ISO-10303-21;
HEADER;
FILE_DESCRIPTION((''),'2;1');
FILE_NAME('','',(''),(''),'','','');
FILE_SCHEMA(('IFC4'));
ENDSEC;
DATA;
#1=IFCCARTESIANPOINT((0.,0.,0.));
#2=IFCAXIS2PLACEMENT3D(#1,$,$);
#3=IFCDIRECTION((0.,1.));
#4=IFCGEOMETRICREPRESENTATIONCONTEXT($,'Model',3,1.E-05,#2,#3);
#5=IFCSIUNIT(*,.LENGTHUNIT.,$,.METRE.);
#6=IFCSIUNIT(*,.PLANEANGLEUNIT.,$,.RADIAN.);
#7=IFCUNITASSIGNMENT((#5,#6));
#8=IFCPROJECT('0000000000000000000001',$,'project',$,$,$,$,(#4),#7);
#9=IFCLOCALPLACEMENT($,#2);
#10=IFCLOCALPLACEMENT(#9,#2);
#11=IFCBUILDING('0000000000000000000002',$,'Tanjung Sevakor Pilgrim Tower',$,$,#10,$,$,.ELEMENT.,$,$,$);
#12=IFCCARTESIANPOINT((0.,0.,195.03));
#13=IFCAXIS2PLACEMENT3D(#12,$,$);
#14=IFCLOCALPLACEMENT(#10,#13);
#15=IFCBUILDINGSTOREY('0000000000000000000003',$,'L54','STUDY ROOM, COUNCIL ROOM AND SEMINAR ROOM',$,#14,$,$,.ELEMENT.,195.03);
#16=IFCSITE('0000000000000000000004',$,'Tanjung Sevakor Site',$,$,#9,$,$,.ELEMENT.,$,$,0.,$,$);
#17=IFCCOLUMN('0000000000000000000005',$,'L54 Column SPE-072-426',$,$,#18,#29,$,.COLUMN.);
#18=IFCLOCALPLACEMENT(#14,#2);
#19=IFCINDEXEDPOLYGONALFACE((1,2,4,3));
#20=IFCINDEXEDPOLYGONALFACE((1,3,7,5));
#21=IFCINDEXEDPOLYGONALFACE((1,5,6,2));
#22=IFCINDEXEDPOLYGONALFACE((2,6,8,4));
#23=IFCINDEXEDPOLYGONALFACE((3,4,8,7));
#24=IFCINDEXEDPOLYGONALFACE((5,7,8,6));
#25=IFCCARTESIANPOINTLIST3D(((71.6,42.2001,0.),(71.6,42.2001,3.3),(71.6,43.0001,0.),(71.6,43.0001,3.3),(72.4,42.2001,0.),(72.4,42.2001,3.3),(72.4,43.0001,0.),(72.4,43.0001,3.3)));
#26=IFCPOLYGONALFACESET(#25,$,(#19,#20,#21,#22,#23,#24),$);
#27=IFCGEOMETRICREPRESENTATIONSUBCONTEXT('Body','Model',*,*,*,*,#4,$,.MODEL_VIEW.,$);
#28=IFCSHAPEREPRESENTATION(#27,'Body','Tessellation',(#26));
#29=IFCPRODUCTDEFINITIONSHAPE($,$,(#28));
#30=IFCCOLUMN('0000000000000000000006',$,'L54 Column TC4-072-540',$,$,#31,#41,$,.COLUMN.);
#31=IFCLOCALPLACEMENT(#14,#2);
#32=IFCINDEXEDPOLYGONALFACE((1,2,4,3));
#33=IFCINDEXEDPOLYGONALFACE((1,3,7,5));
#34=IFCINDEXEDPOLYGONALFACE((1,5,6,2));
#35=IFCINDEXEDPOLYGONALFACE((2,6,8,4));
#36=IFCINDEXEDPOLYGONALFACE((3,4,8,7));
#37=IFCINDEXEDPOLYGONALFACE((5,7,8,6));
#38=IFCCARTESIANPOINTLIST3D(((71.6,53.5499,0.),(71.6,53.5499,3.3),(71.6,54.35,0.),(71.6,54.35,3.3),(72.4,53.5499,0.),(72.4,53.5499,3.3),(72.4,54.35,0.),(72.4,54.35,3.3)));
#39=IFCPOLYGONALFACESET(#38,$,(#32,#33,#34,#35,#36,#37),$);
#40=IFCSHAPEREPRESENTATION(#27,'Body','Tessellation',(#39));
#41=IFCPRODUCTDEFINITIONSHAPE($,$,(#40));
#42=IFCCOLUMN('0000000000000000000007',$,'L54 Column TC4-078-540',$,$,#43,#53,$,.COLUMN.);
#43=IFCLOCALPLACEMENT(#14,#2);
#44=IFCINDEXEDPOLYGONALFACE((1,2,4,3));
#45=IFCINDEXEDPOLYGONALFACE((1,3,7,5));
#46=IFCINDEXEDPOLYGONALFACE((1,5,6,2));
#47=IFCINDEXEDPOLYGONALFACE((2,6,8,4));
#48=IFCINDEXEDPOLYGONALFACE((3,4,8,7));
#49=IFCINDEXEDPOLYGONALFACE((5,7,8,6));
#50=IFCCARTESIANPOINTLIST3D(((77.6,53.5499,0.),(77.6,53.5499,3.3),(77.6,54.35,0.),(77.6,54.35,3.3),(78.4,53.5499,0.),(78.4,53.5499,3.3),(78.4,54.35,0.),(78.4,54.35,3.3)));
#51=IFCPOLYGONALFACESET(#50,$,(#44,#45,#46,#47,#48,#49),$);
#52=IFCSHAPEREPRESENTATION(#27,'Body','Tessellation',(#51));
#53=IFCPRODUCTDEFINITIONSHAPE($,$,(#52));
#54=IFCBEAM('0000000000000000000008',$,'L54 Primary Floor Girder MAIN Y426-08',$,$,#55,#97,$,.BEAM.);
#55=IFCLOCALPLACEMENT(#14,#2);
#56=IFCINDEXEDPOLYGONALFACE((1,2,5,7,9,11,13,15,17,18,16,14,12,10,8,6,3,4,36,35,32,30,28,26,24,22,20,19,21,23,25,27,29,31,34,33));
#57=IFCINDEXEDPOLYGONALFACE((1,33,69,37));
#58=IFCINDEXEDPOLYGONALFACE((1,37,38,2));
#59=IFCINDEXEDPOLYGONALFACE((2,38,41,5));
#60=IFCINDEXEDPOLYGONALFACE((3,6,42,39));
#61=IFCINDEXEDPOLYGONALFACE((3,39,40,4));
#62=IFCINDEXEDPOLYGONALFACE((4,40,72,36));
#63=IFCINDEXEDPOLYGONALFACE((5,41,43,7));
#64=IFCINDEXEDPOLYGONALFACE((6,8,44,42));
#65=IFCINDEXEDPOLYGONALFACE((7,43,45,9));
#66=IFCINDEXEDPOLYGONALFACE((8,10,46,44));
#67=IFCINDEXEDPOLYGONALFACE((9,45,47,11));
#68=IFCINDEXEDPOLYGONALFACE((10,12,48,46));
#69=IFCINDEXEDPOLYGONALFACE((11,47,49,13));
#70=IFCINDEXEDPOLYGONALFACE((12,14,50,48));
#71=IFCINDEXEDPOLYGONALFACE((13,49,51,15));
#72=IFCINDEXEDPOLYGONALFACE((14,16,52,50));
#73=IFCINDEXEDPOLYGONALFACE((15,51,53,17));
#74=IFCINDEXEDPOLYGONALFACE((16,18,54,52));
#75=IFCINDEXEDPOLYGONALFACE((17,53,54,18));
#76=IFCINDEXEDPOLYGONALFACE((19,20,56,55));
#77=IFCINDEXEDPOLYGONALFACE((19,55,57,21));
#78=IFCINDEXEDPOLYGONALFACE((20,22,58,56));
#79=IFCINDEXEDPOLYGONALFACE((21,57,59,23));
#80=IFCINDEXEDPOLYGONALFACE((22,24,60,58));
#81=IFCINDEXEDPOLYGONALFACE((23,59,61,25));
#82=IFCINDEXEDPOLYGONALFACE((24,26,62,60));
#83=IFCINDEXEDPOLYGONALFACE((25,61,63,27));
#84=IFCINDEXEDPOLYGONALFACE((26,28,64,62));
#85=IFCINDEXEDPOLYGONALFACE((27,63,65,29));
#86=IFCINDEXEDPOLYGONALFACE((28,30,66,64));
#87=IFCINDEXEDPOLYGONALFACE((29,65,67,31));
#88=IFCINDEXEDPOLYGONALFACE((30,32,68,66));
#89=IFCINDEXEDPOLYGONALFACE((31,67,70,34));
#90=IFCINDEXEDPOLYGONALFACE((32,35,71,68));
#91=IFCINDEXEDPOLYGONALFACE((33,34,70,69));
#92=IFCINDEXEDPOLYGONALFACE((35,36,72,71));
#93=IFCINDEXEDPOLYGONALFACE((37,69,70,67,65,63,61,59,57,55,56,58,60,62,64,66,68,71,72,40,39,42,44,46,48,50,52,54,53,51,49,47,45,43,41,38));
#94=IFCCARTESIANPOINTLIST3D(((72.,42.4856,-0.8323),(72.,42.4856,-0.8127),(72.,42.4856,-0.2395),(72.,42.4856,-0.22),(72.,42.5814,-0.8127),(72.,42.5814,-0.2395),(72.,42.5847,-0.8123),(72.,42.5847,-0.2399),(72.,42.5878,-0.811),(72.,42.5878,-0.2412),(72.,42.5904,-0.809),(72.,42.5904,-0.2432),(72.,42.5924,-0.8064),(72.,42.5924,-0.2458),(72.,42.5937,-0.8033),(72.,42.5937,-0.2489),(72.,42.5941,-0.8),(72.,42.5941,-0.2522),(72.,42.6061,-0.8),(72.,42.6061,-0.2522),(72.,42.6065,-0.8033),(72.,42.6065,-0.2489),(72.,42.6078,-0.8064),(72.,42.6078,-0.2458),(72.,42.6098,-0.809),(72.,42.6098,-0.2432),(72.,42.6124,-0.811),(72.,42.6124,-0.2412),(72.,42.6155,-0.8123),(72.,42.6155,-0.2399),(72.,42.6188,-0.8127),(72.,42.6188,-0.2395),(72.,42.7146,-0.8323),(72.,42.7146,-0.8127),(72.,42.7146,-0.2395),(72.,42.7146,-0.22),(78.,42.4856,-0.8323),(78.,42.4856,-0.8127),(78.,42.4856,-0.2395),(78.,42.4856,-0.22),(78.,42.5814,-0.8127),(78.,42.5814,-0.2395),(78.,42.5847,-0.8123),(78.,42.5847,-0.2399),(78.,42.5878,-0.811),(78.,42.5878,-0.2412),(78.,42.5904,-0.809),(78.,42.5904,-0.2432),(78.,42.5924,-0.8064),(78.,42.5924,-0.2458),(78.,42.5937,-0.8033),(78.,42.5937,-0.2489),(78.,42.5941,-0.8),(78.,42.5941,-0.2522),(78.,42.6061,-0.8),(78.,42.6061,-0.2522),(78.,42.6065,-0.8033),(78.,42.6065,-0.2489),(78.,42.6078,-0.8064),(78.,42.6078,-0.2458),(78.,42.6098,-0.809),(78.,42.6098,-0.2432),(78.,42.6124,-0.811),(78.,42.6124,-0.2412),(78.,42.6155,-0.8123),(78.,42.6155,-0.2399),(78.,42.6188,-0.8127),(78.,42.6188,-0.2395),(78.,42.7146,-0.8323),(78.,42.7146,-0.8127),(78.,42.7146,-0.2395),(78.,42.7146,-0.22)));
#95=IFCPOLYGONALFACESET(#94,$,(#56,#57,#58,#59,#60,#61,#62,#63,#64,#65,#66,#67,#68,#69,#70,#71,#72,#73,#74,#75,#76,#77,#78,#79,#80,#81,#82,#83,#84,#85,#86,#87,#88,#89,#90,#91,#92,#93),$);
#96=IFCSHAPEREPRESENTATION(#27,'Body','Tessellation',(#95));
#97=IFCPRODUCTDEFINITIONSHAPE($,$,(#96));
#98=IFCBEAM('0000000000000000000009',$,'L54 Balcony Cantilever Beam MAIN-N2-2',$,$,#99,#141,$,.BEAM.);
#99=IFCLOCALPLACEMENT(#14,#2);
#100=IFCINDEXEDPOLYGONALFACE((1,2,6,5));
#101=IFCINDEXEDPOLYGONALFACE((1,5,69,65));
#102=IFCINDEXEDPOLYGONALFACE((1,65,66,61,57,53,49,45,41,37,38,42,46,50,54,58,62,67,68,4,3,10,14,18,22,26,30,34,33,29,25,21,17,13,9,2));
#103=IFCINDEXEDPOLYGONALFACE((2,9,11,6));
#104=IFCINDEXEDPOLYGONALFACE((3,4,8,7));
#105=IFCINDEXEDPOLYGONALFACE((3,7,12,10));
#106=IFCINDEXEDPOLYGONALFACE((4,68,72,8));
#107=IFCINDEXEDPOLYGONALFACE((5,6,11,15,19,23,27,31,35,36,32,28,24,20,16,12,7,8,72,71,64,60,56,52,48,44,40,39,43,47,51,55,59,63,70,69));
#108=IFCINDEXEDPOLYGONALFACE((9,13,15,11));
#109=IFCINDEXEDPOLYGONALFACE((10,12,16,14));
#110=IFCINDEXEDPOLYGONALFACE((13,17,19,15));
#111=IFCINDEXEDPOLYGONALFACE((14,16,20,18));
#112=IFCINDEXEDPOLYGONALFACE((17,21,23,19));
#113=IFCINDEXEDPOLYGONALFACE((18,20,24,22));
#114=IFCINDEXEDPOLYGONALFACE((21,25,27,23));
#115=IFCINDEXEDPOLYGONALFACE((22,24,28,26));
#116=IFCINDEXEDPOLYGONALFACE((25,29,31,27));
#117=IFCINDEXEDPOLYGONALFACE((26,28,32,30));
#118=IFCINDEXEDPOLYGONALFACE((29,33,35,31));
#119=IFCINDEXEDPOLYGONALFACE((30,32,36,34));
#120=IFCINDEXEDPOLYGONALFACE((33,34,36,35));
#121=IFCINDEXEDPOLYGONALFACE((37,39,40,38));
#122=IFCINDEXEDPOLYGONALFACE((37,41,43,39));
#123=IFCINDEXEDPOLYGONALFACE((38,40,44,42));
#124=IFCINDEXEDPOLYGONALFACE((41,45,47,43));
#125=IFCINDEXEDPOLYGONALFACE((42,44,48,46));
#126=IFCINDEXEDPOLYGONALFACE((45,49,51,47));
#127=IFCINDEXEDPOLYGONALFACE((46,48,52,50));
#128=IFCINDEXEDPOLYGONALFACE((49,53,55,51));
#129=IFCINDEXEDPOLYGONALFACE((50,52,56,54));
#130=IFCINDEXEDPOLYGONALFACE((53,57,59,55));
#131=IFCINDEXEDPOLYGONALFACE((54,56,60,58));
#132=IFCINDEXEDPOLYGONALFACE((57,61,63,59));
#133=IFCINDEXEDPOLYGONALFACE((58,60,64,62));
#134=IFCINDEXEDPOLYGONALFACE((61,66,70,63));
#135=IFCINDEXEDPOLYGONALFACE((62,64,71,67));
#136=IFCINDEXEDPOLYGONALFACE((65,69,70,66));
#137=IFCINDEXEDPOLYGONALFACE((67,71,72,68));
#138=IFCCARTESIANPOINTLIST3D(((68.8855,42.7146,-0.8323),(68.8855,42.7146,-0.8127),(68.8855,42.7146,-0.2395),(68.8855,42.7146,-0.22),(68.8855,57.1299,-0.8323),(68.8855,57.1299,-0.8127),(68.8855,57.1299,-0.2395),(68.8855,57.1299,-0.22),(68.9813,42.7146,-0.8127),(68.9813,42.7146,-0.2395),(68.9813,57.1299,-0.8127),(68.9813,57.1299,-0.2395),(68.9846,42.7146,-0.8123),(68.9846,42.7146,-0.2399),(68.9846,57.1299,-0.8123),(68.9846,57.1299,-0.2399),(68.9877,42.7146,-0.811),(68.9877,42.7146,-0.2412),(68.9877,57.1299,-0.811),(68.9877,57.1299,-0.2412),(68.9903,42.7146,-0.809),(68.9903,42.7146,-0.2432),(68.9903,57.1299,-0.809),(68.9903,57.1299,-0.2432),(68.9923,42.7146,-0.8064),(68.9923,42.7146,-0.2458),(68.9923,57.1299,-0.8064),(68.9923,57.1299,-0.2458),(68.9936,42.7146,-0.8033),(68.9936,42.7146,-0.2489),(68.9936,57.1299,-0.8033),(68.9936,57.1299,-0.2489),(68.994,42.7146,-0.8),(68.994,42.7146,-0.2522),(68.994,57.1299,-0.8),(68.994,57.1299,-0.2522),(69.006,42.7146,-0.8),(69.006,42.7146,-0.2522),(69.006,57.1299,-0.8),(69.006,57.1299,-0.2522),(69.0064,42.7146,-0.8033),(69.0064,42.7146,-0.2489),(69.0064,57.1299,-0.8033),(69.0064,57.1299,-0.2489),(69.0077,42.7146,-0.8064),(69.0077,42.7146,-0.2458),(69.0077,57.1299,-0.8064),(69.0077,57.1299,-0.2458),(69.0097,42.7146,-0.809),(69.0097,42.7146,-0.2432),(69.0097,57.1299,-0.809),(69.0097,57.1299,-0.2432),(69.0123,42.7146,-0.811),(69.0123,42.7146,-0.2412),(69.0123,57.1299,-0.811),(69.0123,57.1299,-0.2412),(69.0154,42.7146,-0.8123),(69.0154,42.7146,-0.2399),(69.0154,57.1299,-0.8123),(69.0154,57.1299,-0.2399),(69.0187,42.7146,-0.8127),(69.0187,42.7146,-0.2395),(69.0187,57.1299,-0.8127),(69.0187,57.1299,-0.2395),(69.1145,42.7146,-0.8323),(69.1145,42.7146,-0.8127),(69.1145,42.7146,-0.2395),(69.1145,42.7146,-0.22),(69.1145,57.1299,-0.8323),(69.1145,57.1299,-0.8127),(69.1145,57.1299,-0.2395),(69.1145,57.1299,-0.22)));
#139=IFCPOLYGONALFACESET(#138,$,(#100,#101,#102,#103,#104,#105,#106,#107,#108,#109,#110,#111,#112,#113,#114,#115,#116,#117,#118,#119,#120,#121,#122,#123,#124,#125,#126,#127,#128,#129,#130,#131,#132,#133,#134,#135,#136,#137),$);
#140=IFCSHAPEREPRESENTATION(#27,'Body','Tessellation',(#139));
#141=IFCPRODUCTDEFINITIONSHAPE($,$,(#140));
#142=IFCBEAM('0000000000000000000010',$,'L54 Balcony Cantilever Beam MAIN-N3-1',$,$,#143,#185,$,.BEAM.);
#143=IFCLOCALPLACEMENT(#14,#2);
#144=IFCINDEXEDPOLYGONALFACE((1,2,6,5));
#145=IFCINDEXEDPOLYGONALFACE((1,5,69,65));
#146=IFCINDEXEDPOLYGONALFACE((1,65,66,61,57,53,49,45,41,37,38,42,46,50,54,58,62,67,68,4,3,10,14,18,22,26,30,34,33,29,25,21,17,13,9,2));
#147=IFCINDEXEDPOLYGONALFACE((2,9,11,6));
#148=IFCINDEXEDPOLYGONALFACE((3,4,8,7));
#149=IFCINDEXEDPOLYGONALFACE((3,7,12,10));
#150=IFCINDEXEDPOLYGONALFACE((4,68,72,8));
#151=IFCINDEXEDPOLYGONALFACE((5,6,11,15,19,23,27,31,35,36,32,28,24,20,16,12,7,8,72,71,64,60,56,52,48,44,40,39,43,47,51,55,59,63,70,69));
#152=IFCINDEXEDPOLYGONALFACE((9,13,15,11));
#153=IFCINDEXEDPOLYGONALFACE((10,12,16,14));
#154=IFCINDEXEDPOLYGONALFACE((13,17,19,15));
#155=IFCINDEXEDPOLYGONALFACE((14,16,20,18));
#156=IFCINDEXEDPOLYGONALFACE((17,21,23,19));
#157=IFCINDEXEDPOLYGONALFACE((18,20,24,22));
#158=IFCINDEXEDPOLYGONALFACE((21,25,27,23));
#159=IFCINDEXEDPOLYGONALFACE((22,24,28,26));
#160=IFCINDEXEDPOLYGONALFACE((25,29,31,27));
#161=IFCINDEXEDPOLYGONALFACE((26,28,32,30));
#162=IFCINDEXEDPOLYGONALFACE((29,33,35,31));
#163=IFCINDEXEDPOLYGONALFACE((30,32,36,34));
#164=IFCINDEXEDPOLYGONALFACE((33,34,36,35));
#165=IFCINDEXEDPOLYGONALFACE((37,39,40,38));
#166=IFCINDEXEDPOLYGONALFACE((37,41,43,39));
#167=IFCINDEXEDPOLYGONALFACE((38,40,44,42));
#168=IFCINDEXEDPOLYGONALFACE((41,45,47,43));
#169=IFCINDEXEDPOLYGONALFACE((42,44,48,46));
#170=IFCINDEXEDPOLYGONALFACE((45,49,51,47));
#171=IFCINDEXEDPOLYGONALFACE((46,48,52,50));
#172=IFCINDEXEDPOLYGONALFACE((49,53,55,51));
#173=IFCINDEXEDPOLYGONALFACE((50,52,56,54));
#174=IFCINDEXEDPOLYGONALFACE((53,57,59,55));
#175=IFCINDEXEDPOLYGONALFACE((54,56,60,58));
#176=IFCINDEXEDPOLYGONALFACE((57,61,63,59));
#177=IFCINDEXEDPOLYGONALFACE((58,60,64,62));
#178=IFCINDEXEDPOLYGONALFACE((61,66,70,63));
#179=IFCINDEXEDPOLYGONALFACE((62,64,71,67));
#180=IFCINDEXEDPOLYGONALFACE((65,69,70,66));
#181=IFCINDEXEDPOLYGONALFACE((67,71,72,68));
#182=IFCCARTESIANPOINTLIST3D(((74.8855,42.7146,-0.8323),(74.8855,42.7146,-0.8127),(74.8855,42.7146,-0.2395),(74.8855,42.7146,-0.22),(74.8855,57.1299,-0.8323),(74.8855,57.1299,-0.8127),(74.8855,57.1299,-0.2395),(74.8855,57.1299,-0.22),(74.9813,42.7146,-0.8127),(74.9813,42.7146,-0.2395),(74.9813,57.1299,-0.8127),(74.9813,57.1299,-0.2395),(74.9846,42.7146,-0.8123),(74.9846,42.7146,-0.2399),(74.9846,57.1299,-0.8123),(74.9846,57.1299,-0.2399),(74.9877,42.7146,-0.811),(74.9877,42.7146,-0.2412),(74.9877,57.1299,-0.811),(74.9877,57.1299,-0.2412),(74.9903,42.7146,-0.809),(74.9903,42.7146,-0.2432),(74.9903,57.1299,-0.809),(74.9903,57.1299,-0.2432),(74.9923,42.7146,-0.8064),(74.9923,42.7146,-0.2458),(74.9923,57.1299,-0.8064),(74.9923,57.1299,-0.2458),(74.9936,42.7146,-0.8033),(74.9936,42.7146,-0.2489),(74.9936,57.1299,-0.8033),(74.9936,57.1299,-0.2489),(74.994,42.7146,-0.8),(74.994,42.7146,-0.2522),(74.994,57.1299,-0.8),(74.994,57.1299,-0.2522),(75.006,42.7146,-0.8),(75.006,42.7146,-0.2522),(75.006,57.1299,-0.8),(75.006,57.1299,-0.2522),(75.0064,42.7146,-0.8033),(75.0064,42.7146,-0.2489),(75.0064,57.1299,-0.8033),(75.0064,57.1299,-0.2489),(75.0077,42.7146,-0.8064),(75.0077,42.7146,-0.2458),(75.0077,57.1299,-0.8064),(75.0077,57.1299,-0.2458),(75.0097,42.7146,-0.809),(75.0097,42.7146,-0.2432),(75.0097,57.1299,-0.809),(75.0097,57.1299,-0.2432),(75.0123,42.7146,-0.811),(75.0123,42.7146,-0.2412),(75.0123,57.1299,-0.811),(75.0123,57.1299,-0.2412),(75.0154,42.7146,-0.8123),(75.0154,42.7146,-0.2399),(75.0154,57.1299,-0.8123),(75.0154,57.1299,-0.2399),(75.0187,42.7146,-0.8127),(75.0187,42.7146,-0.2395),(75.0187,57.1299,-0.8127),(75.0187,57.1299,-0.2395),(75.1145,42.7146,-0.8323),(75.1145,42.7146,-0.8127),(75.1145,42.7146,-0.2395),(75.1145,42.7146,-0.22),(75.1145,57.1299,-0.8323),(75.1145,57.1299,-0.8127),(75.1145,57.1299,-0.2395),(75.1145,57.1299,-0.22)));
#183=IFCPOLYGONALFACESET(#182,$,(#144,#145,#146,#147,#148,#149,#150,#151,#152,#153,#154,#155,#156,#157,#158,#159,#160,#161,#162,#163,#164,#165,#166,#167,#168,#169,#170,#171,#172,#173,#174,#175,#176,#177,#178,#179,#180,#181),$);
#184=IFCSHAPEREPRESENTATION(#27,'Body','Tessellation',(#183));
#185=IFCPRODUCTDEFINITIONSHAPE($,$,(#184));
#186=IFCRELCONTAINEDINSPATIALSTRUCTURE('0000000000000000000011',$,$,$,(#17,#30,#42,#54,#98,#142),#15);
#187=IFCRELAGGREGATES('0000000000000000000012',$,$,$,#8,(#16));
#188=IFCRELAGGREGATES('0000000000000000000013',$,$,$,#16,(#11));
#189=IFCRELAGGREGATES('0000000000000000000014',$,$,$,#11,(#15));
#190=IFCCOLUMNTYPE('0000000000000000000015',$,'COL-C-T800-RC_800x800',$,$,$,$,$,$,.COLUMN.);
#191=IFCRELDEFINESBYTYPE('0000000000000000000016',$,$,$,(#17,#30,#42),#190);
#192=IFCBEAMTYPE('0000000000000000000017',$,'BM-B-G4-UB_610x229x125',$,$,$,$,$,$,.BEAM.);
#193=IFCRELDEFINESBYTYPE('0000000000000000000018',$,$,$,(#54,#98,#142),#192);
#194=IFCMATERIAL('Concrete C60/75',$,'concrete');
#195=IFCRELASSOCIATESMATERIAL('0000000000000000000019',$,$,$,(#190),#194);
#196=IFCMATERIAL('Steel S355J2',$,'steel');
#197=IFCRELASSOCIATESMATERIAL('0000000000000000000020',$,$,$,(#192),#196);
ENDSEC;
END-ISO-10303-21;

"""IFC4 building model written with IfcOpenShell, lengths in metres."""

from ifc_helpers import new_model, si_unit, direction, frame, origin, origin_2d, place, context, subcontext, project, spatial, rectangle, i_section, extrude, material, material_profile, profile_set, type_object, element, save


model = new_model("IFC4")

# Units and contexts
model_context = context("Model", 3, precision=1e-05, world=origin(), true_north=direction((0.0, 1.0)))
body_context = subcontext(model_context, "Body", "Model", "MODEL_VIEW")
ifc_project = project(units=[si_unit("LENGTHUNIT", "METRE"), si_unit("PLANEANGLEUNIT", "RADIAN")], contexts=[model_context])

# Site, building, storey
site_placement = place(None, origin())
site = spatial("IfcSite", under=ifc_project, at=site_placement, Name="Tanjung Sevakor Site", CompositionType="ELEMENT", RefElevation=0.0)
building_placement = place(site_placement, origin())
building = spatial("IfcBuilding", under=site, at=building_placement, Name="Tanjung Sevakor Pilgrim Tower", CompositionType="ELEMENT")
storey_placement = place(building_placement, frame((0.0, 0.0, 195.03)))
storey = spatial("IfcBuildingStorey", under=building, at=storey_placement, Name="L54", Description="STUDY ROOM, COUNCIL ROOM AND SEMINAR ROOM", CompositionType="ELEMENT", Elevation=195.03)

# Columns
ifc_material_1 = material(Name="Concrete C60/75", Category="concrete")
ifc_material_profile_1 = material_profile(ifc_material_1, rectangle(XDim=0.8, YDim=0.8, at=origin_2d()))
ifc_profile_set_1 = profile_set([ifc_material_profile_1], Name="Concrete C60/75")
column_type = type_object("IfcColumnType", Name="COL-C-T800-RC_800x800", PredefinedType="COLUMN", material=ifc_profile_set_1)
for number, where, z_axis, x_axis, name in (
    (1, (72.0, 42.6001, 0.0), (0.0, 0.0, 1.0), (1.0, 0.0, 0.0), "L54 Column SPE-072-426"),
    (2, (72.0, 53.95, 0.0), (0.0, 0.0, 1.0), (1.0, 0.0, 0.0), "L54 Column TC4-072-540"),
    (3, (78.0, 53.95, 0.0), (0.0, 0.0, 1.0), (1.0, 0.0, 0.0), "L54 Column TC4-078-540"),
):
    element("IfcColumn", number, at=place(storey_placement, frame(where, z_axis=z_axis, x_axis=x_axis)), inside=storey, type_object=column_type, Name=name, PredefinedType="COLUMN", context=body_context, shape_type="SweptSolid", body=[
        extrude(rectangle(XDim=0.8, YDim=0.8, at=origin_2d()), origin(), (0.0, 0.0, 1.0), 3.3),
    ])

# Beams
ifc_material_2 = material(Name="Steel S355J2", Category="steel")
ifc_material_profile_2 = material_profile(ifc_material_2, i_section(OverallWidth=0.229, OverallDepth=0.6123, WebThickness=0.012, FlangeThickness=0.0195, FilletRadius=0.0127, at=origin_2d()))
ifc_profile_set_2 = profile_set([ifc_material_profile_2], Name="Steel S355J2")
beam_type_1 = type_object("IfcBeamType", Name="BM-B-G4-UB_610x229x125", PredefinedType="BEAM", material=ifc_profile_set_2)
beam_1_placement = place(storey_placement, frame((72.0, 42.6001, -0.5261), z_axis=(1.0, 0.0, 0.0), x_axis=(0.0, 1.0, 0.0)))
element("IfcBeam", 4, at=beam_1_placement, inside=storey, type_object=beam_type_1, Name="L54 Primary Floor Girder MAIN Y426-08", PredefinedType="BEAM", context=body_context, shape_type="SweptSolid", body=[
    extrude(i_section(OverallWidth=0.229, OverallDepth=0.6123, WebThickness=0.012, FlangeThickness=0.0195, FilletRadius=0.0127, at=origin_2d()), origin(), (0.0, 0.0, 1.0), 6.0),
])
for number, where, z_axis, x_axis, name in (
    (5, (69.0, 42.7146, -0.5261), (0.0, 1.0, 0.0), (-1.0, 0.0, 0.0), "L54 Balcony Cantilever Beam MAIN-N2-2"),
    (6, (75.0, 42.7146, -0.5261), (0.0, 1.0, 0.0), (-1.0, 0.0, 0.0), "L54 Balcony Cantilever Beam MAIN-N3-1"),
):
    element("IfcBeam", number, at=place(storey_placement, frame(where, z_axis=z_axis, x_axis=x_axis)), inside=storey, type_object=beam_type_1, Name=name, PredefinedType="BEAM", context=body_context, shape_type="SweptSolid", body=[
        extrude(i_section(OverallWidth=0.229, OverallDepth=0.6123, WebThickness=0.012, FlangeThickness=0.0195, FilletRadius=0.0127, at=origin_2d()), origin(), (0.0, 0.0, 1.0), 14.4153),
    ])

save(model, "model.ifc")
